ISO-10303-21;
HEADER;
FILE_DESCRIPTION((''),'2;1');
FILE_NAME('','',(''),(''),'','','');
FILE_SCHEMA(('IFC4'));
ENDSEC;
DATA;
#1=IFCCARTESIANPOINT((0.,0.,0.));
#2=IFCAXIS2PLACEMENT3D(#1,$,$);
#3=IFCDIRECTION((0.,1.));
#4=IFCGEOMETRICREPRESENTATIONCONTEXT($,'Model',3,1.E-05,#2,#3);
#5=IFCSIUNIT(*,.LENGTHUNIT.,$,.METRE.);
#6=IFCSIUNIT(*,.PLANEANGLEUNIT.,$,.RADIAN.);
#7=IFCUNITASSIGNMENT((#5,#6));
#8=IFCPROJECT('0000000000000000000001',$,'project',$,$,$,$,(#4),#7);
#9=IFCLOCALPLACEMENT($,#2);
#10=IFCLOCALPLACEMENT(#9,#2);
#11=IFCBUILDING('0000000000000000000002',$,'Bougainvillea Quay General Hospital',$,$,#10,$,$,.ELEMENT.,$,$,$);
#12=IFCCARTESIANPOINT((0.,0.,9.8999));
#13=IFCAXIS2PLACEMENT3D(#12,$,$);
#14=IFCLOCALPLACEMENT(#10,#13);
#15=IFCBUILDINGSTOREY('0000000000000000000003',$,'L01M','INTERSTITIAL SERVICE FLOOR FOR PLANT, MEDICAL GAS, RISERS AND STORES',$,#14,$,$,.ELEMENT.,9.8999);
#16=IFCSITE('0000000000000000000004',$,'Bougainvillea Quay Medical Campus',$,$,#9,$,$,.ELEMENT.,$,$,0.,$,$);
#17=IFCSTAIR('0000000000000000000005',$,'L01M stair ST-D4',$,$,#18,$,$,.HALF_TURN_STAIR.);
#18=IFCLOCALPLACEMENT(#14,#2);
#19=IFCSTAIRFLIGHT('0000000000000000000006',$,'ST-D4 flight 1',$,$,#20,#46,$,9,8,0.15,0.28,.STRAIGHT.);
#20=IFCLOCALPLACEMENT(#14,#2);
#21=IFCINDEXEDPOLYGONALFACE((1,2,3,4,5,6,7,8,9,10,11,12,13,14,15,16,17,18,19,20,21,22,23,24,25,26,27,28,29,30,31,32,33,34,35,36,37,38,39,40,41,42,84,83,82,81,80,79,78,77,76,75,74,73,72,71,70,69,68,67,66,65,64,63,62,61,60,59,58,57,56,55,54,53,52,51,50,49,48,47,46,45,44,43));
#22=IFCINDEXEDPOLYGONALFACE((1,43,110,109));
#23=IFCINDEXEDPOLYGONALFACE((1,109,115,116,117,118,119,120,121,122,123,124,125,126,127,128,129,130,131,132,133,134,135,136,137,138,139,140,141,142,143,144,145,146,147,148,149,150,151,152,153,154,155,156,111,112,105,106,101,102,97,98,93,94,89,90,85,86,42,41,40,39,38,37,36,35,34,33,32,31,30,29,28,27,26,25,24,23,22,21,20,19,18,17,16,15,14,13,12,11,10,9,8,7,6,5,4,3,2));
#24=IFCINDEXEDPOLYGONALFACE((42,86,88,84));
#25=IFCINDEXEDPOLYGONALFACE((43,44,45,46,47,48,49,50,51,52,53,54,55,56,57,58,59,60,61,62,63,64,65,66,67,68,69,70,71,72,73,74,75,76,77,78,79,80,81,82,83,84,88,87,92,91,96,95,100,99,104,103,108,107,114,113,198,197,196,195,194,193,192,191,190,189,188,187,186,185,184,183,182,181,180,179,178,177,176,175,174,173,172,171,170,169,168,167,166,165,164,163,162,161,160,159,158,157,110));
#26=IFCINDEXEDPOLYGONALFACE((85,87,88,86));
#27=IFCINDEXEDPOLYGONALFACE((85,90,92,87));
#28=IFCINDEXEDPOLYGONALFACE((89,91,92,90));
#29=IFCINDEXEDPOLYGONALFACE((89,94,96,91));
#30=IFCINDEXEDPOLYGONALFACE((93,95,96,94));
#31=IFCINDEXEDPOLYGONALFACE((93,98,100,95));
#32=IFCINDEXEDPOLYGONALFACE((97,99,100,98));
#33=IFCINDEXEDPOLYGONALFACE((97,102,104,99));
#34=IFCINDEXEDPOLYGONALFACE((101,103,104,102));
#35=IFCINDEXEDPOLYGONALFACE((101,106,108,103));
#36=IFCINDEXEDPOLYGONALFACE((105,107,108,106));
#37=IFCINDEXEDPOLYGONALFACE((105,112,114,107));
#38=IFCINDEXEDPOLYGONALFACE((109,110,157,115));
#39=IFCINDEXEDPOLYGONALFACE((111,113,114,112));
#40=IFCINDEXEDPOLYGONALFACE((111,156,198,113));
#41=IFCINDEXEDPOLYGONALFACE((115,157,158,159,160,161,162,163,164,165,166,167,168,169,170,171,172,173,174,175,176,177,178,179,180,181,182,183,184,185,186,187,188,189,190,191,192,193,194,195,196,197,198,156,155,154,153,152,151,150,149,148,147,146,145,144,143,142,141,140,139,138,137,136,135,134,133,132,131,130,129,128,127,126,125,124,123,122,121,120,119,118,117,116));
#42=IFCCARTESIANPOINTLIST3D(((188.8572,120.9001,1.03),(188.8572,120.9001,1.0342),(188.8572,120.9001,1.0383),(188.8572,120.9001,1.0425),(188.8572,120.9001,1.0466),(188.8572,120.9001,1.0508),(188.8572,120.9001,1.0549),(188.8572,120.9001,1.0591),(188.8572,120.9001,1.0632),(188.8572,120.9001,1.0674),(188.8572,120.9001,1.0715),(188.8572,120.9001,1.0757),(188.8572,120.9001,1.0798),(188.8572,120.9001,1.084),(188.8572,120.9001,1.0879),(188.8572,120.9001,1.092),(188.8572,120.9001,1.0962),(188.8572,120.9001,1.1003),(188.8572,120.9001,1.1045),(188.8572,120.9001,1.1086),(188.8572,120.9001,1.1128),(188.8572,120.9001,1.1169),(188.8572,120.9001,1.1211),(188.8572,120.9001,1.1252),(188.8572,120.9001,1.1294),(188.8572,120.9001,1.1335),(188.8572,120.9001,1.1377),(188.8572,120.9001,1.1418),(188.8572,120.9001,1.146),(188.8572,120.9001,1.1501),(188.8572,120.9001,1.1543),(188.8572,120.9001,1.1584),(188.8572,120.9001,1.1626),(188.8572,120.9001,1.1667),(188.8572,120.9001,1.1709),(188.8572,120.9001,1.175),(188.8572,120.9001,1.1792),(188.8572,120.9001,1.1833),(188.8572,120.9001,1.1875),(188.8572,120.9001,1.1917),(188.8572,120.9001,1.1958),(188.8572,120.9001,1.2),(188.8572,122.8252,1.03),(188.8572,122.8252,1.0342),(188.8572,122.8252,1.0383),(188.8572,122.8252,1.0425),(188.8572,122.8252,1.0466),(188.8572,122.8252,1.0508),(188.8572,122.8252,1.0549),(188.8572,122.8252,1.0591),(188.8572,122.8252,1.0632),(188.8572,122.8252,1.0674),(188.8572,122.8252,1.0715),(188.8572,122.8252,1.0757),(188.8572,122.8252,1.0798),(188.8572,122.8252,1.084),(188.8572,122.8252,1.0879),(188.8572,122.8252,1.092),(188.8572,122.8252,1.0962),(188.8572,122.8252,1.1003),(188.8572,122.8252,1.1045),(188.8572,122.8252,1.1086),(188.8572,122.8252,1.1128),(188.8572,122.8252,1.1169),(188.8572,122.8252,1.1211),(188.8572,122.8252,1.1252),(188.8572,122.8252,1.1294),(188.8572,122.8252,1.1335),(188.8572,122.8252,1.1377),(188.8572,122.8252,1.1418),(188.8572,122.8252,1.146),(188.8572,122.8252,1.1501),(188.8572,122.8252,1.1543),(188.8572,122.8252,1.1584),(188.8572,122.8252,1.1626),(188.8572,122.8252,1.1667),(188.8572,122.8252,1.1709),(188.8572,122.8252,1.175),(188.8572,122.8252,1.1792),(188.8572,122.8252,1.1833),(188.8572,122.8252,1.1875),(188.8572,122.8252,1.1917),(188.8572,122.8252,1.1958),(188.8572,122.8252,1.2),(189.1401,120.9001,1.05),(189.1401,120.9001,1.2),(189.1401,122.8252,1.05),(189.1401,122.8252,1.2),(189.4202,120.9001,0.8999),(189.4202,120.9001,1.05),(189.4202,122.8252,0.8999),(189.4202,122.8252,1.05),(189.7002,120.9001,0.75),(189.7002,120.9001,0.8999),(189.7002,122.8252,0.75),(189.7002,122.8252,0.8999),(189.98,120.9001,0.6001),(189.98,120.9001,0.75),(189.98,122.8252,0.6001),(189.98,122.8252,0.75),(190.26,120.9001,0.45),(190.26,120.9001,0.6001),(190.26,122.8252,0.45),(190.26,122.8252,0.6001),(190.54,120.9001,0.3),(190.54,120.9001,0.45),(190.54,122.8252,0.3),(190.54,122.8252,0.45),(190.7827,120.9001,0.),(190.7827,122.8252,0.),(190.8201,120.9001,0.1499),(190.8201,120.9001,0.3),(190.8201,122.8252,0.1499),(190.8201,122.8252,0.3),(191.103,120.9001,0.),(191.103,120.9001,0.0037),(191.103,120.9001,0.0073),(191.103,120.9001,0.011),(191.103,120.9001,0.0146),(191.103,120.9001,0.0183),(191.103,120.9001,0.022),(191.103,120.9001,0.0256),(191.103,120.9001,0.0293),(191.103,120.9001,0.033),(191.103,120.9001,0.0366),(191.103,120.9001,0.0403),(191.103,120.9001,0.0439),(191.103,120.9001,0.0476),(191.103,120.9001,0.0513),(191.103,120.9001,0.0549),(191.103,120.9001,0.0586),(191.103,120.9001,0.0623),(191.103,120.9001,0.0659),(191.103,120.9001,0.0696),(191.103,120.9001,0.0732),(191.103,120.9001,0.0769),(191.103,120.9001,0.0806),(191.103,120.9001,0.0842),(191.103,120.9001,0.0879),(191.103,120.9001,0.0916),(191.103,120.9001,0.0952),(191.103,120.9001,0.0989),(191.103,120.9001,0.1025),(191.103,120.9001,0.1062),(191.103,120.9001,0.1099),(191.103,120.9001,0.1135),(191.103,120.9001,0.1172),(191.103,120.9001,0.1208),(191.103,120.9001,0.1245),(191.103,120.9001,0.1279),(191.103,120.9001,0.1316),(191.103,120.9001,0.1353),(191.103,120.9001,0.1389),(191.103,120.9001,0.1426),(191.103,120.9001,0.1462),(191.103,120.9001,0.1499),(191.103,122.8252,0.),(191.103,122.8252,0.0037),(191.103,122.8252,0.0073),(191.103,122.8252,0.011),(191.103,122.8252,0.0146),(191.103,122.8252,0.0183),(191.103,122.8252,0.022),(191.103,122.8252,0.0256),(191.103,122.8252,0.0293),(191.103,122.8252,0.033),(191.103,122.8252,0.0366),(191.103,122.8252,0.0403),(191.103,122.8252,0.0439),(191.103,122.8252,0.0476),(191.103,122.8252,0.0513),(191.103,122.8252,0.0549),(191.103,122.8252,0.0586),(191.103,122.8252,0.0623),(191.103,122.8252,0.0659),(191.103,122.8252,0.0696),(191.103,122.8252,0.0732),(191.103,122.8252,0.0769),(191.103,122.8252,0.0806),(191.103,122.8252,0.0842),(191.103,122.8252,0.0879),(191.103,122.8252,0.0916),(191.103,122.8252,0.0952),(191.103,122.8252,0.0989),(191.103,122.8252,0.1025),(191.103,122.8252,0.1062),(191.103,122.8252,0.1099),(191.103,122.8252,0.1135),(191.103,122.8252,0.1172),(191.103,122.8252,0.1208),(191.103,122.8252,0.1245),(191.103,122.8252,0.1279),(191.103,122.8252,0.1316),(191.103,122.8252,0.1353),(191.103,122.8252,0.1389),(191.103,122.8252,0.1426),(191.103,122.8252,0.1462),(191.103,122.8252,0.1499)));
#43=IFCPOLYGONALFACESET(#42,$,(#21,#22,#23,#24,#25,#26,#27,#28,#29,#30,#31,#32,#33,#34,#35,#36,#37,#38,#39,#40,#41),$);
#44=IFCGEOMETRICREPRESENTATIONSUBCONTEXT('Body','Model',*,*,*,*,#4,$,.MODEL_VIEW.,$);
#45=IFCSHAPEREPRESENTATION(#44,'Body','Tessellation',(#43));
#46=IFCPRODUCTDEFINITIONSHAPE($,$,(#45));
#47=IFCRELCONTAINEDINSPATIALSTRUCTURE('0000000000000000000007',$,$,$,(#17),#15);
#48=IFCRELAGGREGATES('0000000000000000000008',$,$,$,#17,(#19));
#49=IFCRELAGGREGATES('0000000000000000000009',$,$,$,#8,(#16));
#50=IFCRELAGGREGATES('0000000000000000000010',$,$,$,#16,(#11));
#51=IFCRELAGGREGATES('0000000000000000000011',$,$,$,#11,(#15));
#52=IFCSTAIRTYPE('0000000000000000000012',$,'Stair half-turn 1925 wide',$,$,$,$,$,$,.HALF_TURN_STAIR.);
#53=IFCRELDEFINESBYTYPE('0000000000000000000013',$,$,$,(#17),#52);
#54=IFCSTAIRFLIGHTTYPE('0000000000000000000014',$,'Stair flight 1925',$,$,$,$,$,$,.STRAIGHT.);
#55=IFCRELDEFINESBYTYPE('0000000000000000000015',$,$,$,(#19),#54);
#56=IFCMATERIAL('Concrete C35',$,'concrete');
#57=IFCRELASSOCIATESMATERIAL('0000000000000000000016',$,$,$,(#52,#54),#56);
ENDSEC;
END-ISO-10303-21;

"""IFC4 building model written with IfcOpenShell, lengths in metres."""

from ifc_helpers import new_model, si_unit, direction, frame, origin, place, context, subcontext, project, spatial, polyline, outline, extrude, material, type_object, element, aggregate, save


model = new_model("IFC4")

# Units and contexts
model_context = context("Model", 3, precision=1e-05, world=origin(), true_north=direction((0.0, 1.0)))
body_context = subcontext(model_context, "Body", "Model", "MODEL_VIEW")
ifc_project = project(units=[si_unit("LENGTHUNIT", "METRE"), si_unit("PLANEANGLEUNIT", "RADIAN")], contexts=[model_context])

# Site, building, storey
site_placement = place(None, origin())
site = spatial("IfcSite", under=ifc_project, at=site_placement, Name="Bougainvillea Quay Medical Campus", CompositionType="ELEMENT", RefElevation=0.0)
building_placement = place(site_placement, origin())
building = spatial("IfcBuilding", under=site, at=building_placement, Name="Bougainvillea Quay General Hospital", CompositionType="ELEMENT")
storey_placement = place(building_placement, frame((0.0, 0.0, 9.8999)))
storey = spatial("IfcBuildingStorey", under=building, at=storey_placement, Name="L01M", Description="INTERSTITIAL SERVICE FLOOR FOR PLANT, MEDICAL GAS, RISERS AND STORES", CompositionType="ELEMENT", Elevation=9.8999)

# Stair, stair flight
ifc_material_1 = material(Name="Concrete C35", Category="concrete")
stair_type = type_object("IfcStairType", Name="Stair half-turn 1925 wide", PredefinedType="HALF_TURN_STAIR", material=ifc_material_1)
stair_placement = place(storey_placement, origin())
stair = element("IfcStair", 1, at=stair_placement, inside=storey, type_object=stair_type, Name="L01M stair ST-D4", PredefinedType="HALF_TURN_STAIR")
stair_flight_type = type_object("IfcStairFlightType", Name="Stair flight 1925", PredefinedType="STRAIGHT", material=ifc_material_1)
stair_flight_placement = place(storey_placement, frame((191.1001, 121.8625, 0.0), z_axis=(0.0, 0.0, 1.0), x_axis=(-1.0, 0.0, 0.0)))
stair_flight = element("IfcStairFlight", 2, at=stair_flight_placement, type_object=stair_flight_type, Name="ST-D4 flight 1", NumberOfRisers=9, NumberOfTreads=8, PredefinedType="STRAIGHT", RiserHeight=0.15, TreadLength=0.28, context=body_context, shape_type="SweptSolid", body=[
    extrude(outline(polyline([(-0.0029, 0.0), (-0.0029, 0.0037), (-0.0029, 0.0073), (-0.0029, 0.011), (-0.0029, 0.0146), (-0.0029, 0.0183), (-0.0029, 0.022), (-0.0029, 0.0256), (-0.0029, 0.0293), (-0.0029, 0.033), (-0.0029, 0.0366), (-0.0029, 0.0403), (-0.0029, 0.0439), (-0.0029, 0.0476), (-0.0029, 0.0513), (-0.0029, 0.0549), (-0.0029, 0.0586), (-0.0029, 0.0623), (-0.0029, 0.0659), (-0.0029, 0.0696), (-0.0029, 0.0732), (-0.0029, 0.0769), (-0.0029, 0.0806), (-0.0029, 0.0842), (-0.0029, 0.0879), (-0.0029, 0.0916), (-0.0029, 0.0952), (-0.0029, 0.0989), (-0.0029, 0.1025), (-0.0029, 0.1062), (-0.0029, 0.1099), (-0.0029, 0.1135), (-0.0029, 0.1172), (-0.0029, 0.1208), (-0.0029, 0.1245), (-0.0029, 0.1279), (-0.0029, 0.1316), (-0.0029, 0.1353), (-0.0029, 0.1389), (-0.0029, 0.1426), (-0.0029, 0.1462), (-0.0029, 0.1499), (0.28, 0.1499), (0.28, 0.3), (0.5601, 0.3), (0.5601, 0.45), (0.8401, 0.45), (0.8401, 0.6001), (1.1201, 0.6001), (1.1201, 0.75), (1.3999, 0.75), (1.3999, 0.8999), (1.6799, 0.8999), (1.6799, 1.05), (1.96, 1.05), (1.96, 1.2), (2.2429, 1.2), (2.2429, 1.1958), (2.2429, 1.1917), (2.2429, 1.1875), (2.2429, 1.1833), (2.2429, 1.1792), (2.2429, 1.175), (2.2429, 1.1709), (2.2429, 1.1667), (2.2429, 1.1626), (2.2429, 1.1584), (2.2429, 1.1543), (2.2429, 1.1501), (2.2429, 1.146), (2.2429, 1.1418), (2.2429, 1.1377), (2.2429, 1.1335), (2.2429, 1.1294), (2.2429, 1.1252), (2.2429, 1.1211), (2.2429, 1.1169), (2.2429, 1.1128), (2.2429, 1.1086), (2.2429, 1.1045), (2.2429, 1.1003), (2.2429, 1.0962), (2.2429, 1.092), (2.2429, 1.0879), (2.2429, 1.084), (2.2429, 1.0798), (2.2429, 1.0757), (2.2429, 1.0715), (2.2429, 1.0674), (2.2429, 1.0632), (2.2429, 1.0591), (2.2429, 1.0549), (2.2429, 1.0508), (2.2429, 1.0466), (2.2429, 1.0425), (2.2429, 1.0383), (2.2429, 1.0342), (2.2429, 1.03), (0.3174, 0.0), (-0.0029, 0.0)])), frame((0.0, 0.9624, 0.0), z_axis=(0.0, -1.0, 0.0), x_axis=(1.0, 0.0, 0.0)), (0.0, 0.0, 1.0), 1.925),
])
aggregate(stair, [stair_flight])

save(model, "model.ifc")
